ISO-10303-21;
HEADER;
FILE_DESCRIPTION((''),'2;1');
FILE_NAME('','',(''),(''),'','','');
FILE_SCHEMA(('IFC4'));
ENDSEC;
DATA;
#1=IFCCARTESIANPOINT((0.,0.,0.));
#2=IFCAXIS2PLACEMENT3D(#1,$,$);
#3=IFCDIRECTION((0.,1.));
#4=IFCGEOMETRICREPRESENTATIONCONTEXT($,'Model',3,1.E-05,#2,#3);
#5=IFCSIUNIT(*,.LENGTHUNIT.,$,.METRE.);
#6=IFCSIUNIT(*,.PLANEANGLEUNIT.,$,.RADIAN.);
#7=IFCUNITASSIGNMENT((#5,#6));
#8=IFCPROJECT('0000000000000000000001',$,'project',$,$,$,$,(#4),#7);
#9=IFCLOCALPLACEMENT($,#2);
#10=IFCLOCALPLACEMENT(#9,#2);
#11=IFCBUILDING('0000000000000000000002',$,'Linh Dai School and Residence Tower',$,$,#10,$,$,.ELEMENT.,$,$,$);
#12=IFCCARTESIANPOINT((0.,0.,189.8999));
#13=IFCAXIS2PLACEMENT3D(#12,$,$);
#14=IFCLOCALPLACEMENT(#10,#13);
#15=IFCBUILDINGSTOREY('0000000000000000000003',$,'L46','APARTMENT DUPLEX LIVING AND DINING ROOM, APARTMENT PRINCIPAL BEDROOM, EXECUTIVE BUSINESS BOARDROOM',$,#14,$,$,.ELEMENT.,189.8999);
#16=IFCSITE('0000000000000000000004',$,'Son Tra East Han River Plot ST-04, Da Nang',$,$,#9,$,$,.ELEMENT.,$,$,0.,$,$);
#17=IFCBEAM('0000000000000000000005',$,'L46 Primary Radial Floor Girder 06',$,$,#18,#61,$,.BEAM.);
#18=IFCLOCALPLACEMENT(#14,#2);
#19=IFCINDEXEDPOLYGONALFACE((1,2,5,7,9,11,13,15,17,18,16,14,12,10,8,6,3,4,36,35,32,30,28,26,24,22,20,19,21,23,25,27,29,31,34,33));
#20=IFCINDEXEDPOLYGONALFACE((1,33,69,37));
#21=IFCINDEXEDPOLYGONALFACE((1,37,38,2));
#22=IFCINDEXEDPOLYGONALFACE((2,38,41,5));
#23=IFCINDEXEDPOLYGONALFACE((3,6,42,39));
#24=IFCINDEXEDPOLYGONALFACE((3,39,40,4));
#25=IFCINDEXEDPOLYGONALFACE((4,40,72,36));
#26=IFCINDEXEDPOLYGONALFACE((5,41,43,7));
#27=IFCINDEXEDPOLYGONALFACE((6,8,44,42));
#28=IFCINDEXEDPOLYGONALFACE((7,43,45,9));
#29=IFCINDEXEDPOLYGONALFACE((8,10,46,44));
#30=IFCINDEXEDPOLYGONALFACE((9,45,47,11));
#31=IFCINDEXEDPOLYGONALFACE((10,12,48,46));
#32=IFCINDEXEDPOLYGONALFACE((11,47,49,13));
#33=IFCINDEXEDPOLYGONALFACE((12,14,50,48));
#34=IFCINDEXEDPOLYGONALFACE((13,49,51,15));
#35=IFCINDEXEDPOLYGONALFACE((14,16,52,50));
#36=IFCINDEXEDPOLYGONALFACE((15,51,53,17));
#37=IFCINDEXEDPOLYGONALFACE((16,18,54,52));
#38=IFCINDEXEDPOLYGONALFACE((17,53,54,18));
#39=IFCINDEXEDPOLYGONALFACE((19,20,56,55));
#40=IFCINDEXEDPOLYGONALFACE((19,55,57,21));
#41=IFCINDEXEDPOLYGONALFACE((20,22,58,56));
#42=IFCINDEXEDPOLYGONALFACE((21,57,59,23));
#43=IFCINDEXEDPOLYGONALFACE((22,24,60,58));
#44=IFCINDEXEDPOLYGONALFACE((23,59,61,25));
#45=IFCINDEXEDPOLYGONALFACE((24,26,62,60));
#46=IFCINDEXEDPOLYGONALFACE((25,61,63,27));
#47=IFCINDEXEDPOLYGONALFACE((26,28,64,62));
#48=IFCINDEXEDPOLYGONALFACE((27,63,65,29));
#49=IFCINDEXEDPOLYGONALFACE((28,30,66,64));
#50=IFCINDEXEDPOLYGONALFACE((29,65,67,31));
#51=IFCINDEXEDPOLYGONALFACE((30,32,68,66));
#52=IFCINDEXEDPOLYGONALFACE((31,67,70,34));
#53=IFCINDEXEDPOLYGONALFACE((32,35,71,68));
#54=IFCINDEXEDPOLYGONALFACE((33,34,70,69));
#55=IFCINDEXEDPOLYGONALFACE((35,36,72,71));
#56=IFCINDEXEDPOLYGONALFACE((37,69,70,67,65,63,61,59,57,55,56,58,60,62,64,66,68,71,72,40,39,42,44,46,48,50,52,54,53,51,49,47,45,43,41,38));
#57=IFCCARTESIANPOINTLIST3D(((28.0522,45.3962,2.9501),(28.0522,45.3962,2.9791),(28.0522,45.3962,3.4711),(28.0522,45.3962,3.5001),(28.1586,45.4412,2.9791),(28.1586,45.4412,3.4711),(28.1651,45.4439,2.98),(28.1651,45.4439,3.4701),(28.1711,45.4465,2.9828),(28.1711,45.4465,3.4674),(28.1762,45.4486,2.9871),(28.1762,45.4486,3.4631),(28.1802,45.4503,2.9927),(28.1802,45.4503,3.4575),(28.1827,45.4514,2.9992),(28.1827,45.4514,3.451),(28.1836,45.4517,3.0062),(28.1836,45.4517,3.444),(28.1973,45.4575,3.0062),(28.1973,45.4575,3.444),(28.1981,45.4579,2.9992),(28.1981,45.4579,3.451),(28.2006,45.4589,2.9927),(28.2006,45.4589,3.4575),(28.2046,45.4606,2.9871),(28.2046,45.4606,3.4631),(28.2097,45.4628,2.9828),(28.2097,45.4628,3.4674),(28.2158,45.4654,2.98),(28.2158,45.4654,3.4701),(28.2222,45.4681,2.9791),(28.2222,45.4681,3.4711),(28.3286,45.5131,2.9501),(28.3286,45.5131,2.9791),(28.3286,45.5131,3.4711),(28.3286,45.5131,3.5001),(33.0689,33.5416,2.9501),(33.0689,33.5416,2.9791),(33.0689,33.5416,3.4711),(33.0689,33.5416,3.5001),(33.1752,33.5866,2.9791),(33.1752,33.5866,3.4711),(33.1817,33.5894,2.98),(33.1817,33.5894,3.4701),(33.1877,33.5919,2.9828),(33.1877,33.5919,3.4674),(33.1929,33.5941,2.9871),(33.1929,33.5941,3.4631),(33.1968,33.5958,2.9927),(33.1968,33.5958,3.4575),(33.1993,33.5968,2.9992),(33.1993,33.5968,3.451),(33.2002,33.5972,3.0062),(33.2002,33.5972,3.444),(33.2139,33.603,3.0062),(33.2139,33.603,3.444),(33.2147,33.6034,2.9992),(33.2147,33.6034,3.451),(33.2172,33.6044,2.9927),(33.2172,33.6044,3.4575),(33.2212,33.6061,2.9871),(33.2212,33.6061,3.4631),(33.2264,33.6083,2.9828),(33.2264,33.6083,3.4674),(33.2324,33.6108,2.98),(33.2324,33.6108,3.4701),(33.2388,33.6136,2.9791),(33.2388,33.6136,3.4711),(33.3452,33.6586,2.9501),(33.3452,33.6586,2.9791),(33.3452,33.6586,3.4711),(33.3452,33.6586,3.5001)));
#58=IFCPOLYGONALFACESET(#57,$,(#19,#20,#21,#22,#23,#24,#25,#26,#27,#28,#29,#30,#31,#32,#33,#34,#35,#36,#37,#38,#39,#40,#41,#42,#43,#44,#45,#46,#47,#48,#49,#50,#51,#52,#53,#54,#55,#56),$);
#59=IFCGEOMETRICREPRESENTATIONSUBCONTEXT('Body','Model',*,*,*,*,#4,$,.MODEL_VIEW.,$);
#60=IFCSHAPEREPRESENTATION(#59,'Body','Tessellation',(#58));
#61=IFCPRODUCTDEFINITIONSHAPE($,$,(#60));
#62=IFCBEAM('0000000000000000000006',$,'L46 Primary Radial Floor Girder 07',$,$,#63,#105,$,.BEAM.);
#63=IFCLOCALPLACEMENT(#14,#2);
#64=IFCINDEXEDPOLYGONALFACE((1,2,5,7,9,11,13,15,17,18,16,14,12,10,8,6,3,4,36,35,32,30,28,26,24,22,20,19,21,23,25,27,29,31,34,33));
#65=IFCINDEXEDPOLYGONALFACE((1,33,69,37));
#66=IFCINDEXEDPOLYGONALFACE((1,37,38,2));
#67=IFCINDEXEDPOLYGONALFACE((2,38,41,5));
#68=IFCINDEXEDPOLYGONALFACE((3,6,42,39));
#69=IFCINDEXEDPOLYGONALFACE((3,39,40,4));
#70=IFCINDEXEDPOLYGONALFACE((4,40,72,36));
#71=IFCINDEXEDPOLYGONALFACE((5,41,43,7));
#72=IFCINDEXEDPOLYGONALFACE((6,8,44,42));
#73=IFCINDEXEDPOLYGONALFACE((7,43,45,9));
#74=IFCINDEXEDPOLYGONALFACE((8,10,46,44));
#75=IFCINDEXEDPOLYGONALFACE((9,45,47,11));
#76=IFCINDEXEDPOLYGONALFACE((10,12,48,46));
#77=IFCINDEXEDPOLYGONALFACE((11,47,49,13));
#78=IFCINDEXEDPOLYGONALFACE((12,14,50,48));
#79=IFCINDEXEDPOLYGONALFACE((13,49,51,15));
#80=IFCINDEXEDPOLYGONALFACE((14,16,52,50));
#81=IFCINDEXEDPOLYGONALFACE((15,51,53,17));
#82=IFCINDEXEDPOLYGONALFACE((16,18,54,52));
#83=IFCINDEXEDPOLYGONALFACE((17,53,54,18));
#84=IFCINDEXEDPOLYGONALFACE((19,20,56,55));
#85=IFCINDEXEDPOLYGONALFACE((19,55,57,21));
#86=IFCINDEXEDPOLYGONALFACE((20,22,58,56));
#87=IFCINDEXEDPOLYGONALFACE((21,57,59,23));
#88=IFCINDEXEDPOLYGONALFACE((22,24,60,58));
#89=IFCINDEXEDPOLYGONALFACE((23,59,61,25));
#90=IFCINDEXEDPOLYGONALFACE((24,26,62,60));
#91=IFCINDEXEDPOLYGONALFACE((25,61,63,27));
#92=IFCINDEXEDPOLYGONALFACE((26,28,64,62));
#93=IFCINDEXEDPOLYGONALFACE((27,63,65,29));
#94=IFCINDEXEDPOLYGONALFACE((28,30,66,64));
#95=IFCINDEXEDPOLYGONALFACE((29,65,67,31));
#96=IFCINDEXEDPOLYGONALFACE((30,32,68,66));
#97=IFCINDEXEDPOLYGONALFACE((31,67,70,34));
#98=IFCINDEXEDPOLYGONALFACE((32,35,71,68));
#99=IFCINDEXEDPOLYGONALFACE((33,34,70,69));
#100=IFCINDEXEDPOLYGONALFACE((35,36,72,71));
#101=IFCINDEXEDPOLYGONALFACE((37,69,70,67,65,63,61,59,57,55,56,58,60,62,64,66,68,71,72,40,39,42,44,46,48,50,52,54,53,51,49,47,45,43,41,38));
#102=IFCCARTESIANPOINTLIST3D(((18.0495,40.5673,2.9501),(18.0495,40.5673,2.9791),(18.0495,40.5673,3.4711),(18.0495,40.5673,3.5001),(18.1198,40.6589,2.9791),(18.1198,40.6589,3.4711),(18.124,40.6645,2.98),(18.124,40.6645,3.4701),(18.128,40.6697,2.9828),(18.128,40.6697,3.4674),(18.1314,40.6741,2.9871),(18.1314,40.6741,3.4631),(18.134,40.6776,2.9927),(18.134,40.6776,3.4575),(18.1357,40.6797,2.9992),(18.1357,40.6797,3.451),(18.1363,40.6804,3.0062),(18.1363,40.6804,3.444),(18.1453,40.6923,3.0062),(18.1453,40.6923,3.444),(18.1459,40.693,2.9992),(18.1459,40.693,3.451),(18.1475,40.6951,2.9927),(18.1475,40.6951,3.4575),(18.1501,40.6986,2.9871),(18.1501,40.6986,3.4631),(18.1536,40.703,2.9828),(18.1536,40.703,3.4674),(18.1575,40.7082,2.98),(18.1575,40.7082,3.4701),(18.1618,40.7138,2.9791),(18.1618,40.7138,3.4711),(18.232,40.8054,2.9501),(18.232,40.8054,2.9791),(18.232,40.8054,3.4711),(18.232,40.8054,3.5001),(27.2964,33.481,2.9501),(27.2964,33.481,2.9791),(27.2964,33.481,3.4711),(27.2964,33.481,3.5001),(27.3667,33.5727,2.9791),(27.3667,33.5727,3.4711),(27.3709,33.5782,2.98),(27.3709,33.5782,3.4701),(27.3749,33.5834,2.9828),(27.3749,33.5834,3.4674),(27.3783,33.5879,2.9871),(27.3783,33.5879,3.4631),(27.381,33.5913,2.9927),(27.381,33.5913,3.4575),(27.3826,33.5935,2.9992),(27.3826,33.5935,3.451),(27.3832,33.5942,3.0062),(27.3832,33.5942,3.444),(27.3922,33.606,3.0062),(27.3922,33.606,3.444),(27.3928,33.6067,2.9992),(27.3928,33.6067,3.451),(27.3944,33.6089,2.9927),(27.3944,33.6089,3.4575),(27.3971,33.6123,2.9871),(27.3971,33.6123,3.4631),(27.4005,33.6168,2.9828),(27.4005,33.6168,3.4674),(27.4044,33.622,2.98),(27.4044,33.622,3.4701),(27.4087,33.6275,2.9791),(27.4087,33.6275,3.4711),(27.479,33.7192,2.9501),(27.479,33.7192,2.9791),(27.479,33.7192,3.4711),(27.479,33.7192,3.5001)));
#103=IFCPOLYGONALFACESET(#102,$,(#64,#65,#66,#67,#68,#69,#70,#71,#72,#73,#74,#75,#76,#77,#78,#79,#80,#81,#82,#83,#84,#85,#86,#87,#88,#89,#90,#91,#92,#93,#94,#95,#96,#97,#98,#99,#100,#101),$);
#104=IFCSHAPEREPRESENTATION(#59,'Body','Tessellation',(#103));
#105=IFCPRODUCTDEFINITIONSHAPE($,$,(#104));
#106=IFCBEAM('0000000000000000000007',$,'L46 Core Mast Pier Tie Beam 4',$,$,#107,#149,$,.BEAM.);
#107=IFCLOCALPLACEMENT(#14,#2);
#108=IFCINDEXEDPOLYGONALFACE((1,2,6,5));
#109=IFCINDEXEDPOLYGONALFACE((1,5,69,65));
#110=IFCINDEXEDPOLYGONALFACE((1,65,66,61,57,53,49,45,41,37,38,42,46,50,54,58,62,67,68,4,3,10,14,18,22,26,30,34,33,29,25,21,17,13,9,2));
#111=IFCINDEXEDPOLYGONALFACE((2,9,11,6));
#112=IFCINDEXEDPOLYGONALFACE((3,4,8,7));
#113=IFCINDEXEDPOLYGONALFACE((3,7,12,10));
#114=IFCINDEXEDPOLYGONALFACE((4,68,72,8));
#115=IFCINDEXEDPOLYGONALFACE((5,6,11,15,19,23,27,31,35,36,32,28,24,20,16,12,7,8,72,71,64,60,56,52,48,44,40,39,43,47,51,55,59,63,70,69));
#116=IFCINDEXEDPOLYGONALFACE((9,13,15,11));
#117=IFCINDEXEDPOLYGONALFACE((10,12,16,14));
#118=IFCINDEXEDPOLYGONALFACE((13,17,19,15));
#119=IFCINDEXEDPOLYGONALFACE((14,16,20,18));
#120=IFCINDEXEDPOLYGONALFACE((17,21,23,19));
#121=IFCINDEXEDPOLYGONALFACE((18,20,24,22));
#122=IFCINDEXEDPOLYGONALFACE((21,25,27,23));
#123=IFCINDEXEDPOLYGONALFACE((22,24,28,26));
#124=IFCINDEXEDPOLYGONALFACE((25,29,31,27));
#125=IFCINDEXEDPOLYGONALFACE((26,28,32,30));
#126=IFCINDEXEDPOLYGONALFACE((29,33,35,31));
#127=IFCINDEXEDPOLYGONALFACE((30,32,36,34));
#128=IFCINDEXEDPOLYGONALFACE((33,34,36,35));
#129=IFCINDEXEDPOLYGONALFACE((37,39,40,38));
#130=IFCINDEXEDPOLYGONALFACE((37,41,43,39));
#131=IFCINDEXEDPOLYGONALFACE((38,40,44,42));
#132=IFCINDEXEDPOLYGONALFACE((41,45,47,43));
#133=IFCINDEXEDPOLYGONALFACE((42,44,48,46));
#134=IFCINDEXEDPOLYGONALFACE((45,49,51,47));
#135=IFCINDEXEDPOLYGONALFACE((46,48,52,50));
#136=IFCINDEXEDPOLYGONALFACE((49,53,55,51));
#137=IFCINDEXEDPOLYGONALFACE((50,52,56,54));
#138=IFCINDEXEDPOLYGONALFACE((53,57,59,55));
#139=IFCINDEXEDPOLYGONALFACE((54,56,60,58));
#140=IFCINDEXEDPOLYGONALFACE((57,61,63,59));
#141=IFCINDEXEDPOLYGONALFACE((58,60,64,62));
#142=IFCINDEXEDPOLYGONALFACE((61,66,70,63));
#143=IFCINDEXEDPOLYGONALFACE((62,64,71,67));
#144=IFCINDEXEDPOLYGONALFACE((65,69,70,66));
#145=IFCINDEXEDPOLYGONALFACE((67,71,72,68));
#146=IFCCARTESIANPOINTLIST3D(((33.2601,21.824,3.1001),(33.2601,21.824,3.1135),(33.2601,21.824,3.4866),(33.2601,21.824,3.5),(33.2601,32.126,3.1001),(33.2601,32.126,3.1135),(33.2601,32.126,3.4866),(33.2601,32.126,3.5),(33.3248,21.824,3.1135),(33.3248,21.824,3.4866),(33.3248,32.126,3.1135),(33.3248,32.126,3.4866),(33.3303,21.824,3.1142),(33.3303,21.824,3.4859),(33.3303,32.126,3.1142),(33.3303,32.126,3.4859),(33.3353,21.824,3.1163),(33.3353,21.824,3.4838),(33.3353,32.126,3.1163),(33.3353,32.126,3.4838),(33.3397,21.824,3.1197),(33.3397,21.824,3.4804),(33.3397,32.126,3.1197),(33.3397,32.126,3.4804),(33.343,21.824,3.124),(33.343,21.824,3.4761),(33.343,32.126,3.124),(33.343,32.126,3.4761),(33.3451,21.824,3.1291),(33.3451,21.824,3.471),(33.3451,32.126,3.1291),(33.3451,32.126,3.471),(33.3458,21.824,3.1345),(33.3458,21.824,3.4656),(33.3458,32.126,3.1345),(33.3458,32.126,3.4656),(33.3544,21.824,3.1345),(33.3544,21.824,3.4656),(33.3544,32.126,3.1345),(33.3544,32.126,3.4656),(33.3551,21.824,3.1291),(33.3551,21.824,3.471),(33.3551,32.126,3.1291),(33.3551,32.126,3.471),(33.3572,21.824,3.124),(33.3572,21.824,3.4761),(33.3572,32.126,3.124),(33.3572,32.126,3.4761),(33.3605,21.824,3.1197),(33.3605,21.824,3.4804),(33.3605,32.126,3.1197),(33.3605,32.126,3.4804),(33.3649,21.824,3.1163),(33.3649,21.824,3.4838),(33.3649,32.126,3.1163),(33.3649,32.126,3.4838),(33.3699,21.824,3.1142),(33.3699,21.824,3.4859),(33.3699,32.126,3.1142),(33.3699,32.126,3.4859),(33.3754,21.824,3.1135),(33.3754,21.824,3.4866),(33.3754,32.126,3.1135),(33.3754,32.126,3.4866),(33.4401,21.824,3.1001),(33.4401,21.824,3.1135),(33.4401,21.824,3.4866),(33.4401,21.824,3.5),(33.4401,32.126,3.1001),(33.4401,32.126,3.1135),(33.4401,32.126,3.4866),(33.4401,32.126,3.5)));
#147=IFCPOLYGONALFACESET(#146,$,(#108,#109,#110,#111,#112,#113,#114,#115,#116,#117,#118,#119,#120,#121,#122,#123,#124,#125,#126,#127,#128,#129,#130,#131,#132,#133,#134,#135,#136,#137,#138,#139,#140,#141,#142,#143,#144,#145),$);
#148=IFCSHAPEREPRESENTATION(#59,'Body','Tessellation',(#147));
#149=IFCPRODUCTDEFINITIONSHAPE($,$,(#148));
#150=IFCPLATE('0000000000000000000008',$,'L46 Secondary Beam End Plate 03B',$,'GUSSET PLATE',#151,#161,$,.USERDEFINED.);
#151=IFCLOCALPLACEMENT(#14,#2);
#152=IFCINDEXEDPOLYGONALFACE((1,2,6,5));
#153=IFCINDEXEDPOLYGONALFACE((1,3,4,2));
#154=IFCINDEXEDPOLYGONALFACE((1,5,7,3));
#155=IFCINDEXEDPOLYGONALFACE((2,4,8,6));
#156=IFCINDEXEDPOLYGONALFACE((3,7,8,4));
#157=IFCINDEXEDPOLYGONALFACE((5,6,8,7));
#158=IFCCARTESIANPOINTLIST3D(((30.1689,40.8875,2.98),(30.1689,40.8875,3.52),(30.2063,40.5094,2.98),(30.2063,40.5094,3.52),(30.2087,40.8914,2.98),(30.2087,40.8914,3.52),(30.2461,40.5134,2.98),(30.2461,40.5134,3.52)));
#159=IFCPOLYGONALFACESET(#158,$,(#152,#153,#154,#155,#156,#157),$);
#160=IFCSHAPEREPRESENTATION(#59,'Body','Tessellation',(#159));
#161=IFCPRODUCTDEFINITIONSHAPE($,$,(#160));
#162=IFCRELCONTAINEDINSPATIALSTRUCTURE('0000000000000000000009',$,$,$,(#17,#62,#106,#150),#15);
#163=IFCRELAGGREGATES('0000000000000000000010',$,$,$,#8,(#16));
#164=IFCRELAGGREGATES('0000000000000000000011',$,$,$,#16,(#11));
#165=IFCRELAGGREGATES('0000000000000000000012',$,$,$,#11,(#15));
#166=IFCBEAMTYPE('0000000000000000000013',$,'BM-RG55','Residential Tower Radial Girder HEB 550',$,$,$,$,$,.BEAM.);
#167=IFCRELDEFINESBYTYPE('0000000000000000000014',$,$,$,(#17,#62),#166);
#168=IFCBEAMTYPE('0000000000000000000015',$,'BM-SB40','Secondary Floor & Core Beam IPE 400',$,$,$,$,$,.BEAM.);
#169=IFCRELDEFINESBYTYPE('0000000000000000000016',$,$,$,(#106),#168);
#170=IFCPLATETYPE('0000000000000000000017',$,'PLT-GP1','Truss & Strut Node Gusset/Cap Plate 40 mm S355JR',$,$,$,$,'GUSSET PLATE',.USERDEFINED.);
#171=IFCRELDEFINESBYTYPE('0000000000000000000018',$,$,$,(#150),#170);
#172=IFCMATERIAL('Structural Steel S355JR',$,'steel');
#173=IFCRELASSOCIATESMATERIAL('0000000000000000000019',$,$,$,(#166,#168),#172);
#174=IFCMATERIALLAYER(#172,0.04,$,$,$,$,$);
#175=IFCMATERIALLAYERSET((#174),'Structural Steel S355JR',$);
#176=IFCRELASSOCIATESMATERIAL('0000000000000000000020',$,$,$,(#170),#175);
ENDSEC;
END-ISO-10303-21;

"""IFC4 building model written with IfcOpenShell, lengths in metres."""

from ifc_helpers import new_model, si_unit, direction, frame, origin, origin_2d, place, context, subcontext, project, spatial, rectangle, i_section, extrude, source, transform, mapped, material, layer, layer_set, material_profile, profile_set, type_object, element, save


model = new_model("IFC4")

# Units and contexts
model_context = context("Model", 3, precision=1e-05, world=origin(), true_north=direction((0.0, 1.0)))
body_context = subcontext(model_context, "Body", "Model", "MODEL_VIEW")
ifc_project = project(units=[si_unit("LENGTHUNIT", "METRE"), si_unit("PLANEANGLEUNIT", "RADIAN")], contexts=[model_context])

# Site, building, storey
site_placement = place(None, origin())
site = spatial("IfcSite", under=ifc_project, at=site_placement, Name="Son Tra East Han River Plot ST-04, Da Nang", CompositionType="ELEMENT", RefElevation=0.0)
building_placement = place(site_placement, origin())
building = spatial("IfcBuilding", under=site, at=building_placement, Name="Linh Dai School and Residence Tower", CompositionType="ELEMENT")
storey_placement = place(building_placement, frame((0.0, 0.0, 189.8999)))
storey = spatial("IfcBuildingStorey", under=building, at=storey_placement, Name="L46", Description="APARTMENT DUPLEX LIVING AND DINING ROOM, APARTMENT PRINCIPAL BEDROOM, EXECUTIVE BUSINESS BOARDROOM", CompositionType="ELEMENT", Elevation=189.8999)

# Shared definitions
ifc_material_1 = material(Name="Structural Steel S355JR", Category="steel")

# Beams
ifc_material_profile_1 = material_profile(ifc_material_1, i_section(OverallWidth=0.3, OverallDepth=0.55, WebThickness=0.0149, FlangeThickness=0.0291, FilletRadius=0.0271, at=origin_2d()), Name="HEB 550")
ifc_profile_set_1 = profile_set([ifc_material_profile_1], Name="Structural Steel S355JR")
beam_type_1 = type_object("IfcBeamType", Name="BM-RG55", Description="Residential Tower Radial Girder HEB 550", PredefinedType="BEAM", material=ifc_profile_set_1)
beam_1_placement = place(storey_placement, frame((33.207, 33.6001, 3.2251), z_axis=(-0.389722, 0.920933, 0.0), x_axis=(-0.920933, -0.389722, 0.0)))
element("IfcBeam", 1, at=beam_1_placement, inside=storey, type_object=beam_type_1, Name="L46 Primary Radial Floor Girder 06", PredefinedType="BEAM", context=body_context, shape_type="SweptSolid", body=[
    extrude(i_section(OverallWidth=0.3, OverallDepth=0.55, WebThickness=0.0149, FlangeThickness=0.0291, FilletRadius=0.0271, at=origin_2d()), origin(), (0.0, 0.0, 1.0), 12.8723),
])
beam_2_placement = place(storey_placement, frame((27.3877, 33.6001, 3.2251), z_axis=(-0.793733, 0.608267, 0.0), x_axis=(-0.608267, -0.793733, 0.0)))
element("IfcBeam", 2, at=beam_2_placement, inside=storey, type_object=beam_type_1, Name="L46 Primary Radial Floor Girder 07", PredefinedType="BEAM", context=body_context, shape_type="SweptSolid", body=[
    extrude(i_section(OverallWidth=0.3, OverallDepth=0.55, WebThickness=0.0149, FlangeThickness=0.0291, FilletRadius=0.0271, at=origin_2d()), origin(), (0.0, 0.0, 1.0), 11.6499),
])
ifc_material_profile_2 = material_profile(ifc_material_1, i_section(OverallWidth=0.1799, OverallDepth=0.3999, WebThickness=0.0085, FlangeThickness=0.0134, FilletRadius=0.021, at=origin_2d()), Name="IPE 400")
ifc_profile_set_2 = profile_set([ifc_material_profile_2], Name="Structural Steel S355JR")
beam_type_2 = type_object("IfcBeamType", Name="BM-SB40", Description="Secondary Floor & Core Beam IPE 400", PredefinedType="BEAM", material=ifc_profile_set_2)
beam_3_placement = place(storey_placement, frame((33.3501, 32.126, 3.3), z_axis=(0.0, -1.0, 0.0), x_axis=(1.0, 0.0, 0.0)))
element("IfcBeam", 3, at=beam_3_placement, inside=storey, type_object=beam_type_2, Name="L46 Core Mast Pier Tie Beam 4", PredefinedType="BEAM", context=body_context, shape_type="SweptSolid", body=[
    extrude(i_section(OverallWidth=0.1799, OverallDepth=0.3999, WebThickness=0.0085, FlangeThickness=0.0134, FilletRadius=0.021, at=origin_2d()), origin(), (0.0, 0.0, 1.0), 10.302),
])

# Plate
ifc_layer_1 = layer(ifc_material_1, 0.04)
ifc_layer_set_1 = layer_set([ifc_layer_1], Name="Structural Steel S355JR")
plate_type = type_object("IfcPlateType", Name="PLT-GP1", Description="Truss & Strut Node Gusset/Cap Plate 40 mm S355JR", ElementType="GUSSET PLATE", PredefinedType="USERDEFINED", material=ifc_layer_set_1)
shared_shape_1 = source(origin(), body_context, "Body", "SweptSolid", [
    extrude(rectangle(XDim=0.04, YDim=0.3799, at=origin_2d()), origin(), (0.0, 0.0, 1.0), 0.54),
])
plate_placement = place(storey_placement, frame((30.2075, 40.7004, 2.98), z_axis=(0.0, 0.0, 1.0), x_axis=(-0.995145, -0.098423, 0.0)))
element("IfcPlate", 4, at=plate_placement, inside=storey, type_object=plate_type, Name="L46 Secondary Beam End Plate 03B", ObjectType="GUSSET PLATE", PredefinedType="USERDEFINED", context=body_context, shape_type="MappedRepresentation", body=[
    mapped(shared_shape_1, transform((0.0, 0.0, 0.0), x_axis=(1.0, 0.0, 0.0), y_axis=(0.0, 1.0, 0.0), z_axis=(0.0, 0.0, 1.0), scale=1.0)),
])

save(model, "model.ifc")
